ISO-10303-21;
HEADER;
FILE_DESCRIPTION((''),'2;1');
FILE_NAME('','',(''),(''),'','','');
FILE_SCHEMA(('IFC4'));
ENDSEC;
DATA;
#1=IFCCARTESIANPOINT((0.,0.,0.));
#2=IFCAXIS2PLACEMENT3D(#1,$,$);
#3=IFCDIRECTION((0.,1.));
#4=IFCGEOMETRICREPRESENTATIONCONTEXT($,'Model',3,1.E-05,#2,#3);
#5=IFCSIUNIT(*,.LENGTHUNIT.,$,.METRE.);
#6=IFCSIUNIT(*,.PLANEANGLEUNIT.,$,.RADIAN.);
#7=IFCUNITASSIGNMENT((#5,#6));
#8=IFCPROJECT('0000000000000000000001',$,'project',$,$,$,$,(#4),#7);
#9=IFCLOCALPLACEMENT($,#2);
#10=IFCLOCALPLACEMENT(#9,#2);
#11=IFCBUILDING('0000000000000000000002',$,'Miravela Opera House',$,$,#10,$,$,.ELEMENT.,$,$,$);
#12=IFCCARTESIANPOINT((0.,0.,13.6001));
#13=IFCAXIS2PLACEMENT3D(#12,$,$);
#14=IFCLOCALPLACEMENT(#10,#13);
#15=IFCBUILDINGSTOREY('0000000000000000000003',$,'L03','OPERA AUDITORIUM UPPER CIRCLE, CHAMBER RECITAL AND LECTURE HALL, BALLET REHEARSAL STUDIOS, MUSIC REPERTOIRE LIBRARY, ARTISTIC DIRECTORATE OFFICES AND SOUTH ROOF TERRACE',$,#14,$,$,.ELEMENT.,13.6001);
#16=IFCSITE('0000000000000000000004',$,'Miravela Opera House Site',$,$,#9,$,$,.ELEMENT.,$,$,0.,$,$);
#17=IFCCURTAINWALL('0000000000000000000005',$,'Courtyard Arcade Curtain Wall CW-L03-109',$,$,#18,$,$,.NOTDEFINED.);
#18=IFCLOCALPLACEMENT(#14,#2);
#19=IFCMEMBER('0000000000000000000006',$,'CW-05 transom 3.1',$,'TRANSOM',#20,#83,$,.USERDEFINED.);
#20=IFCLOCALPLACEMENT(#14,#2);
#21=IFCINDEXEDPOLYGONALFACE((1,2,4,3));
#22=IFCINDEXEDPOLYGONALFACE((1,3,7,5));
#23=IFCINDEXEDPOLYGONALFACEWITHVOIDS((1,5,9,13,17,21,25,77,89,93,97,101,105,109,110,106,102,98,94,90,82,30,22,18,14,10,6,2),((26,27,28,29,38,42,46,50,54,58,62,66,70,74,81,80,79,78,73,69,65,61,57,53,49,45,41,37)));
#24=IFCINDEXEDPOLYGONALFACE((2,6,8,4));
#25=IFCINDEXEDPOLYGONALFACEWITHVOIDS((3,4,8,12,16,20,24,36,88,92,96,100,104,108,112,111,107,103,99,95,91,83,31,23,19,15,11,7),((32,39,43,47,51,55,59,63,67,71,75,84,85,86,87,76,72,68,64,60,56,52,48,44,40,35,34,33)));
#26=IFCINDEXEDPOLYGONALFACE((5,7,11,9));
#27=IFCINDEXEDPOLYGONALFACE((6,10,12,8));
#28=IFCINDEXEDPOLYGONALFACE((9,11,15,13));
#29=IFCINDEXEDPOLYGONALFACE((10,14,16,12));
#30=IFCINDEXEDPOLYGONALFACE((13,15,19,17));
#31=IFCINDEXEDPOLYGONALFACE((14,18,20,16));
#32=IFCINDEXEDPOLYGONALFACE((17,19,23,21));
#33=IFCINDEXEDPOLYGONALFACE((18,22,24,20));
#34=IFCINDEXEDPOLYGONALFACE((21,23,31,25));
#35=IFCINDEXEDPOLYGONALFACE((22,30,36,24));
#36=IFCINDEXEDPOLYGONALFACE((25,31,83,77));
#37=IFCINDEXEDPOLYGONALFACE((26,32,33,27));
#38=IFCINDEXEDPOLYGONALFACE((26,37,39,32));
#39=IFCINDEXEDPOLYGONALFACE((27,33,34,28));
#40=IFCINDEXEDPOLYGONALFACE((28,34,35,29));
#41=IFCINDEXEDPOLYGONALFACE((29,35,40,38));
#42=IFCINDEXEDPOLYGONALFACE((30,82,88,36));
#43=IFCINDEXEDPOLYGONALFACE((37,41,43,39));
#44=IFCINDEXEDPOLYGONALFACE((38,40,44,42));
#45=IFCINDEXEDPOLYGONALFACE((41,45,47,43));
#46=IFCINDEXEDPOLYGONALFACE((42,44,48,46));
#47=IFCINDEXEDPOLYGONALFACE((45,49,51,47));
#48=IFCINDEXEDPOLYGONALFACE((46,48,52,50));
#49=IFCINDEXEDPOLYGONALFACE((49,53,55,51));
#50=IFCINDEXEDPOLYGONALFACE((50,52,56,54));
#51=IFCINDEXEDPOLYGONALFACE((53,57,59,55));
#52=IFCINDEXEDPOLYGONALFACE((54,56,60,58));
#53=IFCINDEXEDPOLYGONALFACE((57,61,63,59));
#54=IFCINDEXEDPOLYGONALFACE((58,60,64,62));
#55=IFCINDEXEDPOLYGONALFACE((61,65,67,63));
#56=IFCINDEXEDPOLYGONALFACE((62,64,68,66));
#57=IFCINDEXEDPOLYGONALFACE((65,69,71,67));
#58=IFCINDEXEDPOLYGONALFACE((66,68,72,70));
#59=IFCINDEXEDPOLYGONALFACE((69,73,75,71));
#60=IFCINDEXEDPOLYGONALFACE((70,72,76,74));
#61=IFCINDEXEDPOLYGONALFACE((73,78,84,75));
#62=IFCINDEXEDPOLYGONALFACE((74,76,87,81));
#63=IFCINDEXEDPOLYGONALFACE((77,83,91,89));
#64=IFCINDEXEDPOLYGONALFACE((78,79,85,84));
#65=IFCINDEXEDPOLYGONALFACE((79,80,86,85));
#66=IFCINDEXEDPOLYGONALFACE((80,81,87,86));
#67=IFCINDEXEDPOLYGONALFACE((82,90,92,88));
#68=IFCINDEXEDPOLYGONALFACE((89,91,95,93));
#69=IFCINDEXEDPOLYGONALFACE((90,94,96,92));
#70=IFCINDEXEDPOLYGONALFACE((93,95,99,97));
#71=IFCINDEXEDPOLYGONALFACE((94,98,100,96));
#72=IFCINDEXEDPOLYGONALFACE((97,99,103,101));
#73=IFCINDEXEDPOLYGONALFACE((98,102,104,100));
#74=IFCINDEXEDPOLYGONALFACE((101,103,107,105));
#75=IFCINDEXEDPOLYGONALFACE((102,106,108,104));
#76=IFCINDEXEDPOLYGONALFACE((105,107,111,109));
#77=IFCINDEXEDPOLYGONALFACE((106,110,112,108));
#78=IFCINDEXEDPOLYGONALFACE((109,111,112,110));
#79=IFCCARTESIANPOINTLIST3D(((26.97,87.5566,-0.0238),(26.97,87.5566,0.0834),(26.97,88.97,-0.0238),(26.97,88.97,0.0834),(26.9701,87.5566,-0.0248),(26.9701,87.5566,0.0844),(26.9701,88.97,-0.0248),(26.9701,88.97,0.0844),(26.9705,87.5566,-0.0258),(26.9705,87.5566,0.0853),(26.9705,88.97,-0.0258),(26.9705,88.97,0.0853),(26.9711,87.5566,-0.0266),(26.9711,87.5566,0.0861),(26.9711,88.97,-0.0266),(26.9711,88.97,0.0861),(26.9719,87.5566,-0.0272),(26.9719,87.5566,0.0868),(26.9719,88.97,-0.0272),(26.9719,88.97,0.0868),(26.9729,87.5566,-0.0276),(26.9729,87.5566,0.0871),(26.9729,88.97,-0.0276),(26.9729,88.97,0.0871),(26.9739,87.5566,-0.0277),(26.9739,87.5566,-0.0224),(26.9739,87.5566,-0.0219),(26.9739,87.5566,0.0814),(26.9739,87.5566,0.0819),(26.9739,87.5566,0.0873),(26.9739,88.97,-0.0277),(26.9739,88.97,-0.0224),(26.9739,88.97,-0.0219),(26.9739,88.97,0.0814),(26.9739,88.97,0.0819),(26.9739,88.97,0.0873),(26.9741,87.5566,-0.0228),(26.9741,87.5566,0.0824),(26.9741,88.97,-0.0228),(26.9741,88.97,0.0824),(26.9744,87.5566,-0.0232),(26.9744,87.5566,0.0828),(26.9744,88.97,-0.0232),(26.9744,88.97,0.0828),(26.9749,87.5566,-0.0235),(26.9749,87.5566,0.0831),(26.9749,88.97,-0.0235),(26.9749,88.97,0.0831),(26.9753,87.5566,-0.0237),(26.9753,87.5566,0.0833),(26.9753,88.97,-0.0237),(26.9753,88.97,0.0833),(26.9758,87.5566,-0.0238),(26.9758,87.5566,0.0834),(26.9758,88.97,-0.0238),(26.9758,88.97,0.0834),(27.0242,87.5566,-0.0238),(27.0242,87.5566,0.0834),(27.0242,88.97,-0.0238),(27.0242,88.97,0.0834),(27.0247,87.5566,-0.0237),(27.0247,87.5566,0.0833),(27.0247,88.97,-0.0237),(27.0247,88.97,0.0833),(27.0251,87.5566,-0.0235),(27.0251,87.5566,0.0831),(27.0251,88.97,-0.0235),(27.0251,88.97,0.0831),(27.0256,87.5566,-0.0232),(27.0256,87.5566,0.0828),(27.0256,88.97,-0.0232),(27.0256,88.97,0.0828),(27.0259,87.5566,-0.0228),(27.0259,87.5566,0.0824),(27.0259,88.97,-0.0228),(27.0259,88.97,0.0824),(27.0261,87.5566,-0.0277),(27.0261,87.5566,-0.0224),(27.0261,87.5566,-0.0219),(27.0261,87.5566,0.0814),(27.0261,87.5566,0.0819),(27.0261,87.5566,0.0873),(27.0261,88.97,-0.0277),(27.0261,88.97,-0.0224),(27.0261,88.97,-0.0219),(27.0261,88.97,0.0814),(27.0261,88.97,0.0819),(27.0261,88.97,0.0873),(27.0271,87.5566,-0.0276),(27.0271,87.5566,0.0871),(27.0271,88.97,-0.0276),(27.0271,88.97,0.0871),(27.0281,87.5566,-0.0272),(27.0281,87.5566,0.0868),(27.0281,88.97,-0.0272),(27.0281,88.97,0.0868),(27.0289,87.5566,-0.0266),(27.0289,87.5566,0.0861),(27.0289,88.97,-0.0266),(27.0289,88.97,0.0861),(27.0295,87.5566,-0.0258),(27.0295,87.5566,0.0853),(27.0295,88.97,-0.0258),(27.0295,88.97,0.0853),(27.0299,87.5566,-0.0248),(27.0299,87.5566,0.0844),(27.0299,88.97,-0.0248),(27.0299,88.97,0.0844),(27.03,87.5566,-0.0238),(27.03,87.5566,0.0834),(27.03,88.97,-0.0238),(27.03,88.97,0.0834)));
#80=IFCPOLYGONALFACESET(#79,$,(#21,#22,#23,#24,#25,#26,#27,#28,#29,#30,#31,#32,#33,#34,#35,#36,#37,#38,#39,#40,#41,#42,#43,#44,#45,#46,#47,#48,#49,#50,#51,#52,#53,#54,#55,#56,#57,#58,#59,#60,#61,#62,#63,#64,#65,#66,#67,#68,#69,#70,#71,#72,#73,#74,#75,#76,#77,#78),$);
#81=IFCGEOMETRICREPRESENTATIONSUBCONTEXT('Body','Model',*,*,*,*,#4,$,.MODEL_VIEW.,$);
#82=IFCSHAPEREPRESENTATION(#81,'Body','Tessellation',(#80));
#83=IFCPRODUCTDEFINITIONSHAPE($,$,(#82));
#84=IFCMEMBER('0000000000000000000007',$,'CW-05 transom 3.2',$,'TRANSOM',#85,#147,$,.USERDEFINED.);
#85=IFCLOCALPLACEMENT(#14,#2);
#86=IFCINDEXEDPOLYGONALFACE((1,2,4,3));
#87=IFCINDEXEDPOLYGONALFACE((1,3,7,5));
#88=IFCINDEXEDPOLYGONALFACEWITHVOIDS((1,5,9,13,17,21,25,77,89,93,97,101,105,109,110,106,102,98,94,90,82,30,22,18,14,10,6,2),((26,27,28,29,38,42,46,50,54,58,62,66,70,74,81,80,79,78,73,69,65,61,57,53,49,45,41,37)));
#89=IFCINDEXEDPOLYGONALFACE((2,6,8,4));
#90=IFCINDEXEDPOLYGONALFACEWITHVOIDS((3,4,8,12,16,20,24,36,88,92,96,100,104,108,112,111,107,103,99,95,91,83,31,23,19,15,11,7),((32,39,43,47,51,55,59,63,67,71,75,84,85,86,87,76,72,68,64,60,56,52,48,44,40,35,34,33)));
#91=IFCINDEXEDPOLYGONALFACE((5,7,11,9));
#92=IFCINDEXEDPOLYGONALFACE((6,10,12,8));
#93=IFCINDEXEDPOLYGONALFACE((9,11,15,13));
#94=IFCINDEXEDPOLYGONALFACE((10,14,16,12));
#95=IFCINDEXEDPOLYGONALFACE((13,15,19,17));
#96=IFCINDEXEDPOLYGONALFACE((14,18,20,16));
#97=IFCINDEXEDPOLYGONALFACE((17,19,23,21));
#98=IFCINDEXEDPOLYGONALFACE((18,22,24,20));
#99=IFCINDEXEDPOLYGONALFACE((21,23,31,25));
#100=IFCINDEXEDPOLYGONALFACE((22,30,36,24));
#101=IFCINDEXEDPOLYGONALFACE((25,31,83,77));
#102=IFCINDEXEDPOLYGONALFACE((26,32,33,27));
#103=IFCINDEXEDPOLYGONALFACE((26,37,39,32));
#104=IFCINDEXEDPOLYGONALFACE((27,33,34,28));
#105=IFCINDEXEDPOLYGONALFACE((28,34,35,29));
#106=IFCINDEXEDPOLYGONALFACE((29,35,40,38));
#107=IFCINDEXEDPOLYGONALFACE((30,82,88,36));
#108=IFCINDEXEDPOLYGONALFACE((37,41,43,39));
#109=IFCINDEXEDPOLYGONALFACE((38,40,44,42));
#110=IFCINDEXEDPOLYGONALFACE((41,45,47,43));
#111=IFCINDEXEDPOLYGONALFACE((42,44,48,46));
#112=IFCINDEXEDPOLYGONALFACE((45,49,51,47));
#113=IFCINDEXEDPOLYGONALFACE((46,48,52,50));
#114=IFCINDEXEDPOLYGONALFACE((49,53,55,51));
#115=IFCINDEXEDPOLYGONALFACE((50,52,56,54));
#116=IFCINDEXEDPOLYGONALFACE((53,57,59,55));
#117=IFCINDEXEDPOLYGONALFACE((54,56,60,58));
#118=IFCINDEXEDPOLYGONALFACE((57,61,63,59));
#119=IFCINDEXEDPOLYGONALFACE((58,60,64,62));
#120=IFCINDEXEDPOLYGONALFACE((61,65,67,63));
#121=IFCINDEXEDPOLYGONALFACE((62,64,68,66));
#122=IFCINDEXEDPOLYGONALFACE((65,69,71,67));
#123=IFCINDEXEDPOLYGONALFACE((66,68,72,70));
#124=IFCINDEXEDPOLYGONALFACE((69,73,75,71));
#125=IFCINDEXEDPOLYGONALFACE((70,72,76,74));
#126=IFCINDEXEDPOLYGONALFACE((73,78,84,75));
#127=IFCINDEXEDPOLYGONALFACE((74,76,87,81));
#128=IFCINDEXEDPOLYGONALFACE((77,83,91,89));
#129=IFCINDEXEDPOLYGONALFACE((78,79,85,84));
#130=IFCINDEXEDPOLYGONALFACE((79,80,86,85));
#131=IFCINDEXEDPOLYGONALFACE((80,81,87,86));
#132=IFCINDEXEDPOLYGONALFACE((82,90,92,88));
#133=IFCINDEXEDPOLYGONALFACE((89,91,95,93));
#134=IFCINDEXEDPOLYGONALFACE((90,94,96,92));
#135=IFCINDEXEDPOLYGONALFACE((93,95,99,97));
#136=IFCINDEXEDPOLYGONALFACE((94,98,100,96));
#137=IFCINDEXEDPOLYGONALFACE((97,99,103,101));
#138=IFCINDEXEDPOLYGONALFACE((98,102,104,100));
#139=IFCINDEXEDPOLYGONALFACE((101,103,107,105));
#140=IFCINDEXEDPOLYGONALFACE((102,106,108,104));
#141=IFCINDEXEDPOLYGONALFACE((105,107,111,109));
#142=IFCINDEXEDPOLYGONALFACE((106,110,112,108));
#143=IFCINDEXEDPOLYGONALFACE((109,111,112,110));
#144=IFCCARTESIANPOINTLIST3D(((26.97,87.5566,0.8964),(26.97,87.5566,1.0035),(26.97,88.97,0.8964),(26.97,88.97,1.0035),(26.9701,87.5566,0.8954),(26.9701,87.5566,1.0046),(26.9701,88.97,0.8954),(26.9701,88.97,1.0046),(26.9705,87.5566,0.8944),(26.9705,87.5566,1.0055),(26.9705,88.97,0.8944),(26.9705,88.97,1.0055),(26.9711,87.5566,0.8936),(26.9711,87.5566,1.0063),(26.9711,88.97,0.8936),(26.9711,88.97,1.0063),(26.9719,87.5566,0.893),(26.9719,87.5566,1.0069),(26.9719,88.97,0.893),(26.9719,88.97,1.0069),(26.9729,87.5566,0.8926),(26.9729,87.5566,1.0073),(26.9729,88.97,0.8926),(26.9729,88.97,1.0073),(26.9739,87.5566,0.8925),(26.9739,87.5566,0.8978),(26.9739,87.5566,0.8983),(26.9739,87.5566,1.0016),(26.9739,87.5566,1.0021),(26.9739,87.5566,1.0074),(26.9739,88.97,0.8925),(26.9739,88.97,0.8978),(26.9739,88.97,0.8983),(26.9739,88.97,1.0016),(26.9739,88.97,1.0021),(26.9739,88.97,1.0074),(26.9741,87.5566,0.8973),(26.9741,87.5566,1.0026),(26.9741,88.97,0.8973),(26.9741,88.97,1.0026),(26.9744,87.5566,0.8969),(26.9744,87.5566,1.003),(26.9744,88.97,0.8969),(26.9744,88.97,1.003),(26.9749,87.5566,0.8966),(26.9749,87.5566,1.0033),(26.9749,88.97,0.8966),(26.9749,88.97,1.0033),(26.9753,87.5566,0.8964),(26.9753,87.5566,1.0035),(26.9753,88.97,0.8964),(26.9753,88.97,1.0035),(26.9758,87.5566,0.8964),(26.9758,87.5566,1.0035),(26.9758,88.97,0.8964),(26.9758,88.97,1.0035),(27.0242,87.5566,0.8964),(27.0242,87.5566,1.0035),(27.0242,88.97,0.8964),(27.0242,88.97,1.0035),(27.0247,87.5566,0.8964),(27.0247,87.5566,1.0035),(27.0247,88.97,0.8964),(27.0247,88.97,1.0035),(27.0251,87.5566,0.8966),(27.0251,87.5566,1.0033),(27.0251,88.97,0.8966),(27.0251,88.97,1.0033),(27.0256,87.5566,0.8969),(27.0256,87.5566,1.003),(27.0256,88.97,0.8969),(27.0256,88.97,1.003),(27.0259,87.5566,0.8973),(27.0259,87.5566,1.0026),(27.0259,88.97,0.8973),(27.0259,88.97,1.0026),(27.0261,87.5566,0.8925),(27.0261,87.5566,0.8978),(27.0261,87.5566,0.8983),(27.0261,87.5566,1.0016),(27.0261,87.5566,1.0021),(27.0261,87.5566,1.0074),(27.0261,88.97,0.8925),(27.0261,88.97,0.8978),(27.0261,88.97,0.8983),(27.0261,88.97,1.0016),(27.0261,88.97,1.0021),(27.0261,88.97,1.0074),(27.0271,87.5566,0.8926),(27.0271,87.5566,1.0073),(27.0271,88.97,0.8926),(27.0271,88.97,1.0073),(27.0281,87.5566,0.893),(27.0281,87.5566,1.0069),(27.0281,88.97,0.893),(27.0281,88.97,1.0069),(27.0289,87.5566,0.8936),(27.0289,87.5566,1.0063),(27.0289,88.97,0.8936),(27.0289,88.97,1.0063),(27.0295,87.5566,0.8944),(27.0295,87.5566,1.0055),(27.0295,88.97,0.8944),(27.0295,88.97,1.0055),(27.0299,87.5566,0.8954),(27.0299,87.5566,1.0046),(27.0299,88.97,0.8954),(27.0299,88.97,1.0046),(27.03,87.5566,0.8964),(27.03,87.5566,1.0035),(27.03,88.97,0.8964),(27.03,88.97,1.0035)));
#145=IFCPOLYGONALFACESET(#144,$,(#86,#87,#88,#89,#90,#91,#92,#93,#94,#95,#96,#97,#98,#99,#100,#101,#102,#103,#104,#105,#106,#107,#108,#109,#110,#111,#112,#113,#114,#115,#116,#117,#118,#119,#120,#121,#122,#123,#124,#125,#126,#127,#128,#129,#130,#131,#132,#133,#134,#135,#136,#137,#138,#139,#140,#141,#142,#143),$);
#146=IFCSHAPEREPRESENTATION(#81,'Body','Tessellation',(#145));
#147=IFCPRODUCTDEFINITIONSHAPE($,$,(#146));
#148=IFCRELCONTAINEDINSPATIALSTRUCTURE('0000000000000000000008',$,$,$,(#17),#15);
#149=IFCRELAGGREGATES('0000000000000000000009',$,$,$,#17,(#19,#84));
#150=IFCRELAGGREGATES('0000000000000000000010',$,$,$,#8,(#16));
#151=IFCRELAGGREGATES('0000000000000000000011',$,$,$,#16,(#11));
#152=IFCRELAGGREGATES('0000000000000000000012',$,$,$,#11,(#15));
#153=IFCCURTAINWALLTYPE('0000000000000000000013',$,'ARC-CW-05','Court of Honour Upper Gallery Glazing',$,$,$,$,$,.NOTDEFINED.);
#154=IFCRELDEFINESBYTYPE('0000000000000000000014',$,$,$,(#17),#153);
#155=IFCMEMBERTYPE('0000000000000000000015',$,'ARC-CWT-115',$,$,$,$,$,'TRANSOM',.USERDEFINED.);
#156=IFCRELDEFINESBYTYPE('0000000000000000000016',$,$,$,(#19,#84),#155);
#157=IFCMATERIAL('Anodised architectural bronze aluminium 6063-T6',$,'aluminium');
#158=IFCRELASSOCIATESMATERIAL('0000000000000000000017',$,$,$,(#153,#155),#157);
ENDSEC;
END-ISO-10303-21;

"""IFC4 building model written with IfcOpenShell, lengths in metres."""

from ifc_helpers import new_model, si_unit, direction, frame, origin, origin_2d, place, context, subcontext, project, spatial, hollow_rectangle, extrude, material, material_profile, profile_set, type_object, element, aggregate, save


model = new_model("IFC4")

# Units and contexts
model_context = context("Model", 3, precision=1e-05, world=origin(), true_north=direction((0.0, 1.0)))
body_context = subcontext(model_context, "Body", "Model", "MODEL_VIEW")
ifc_project = project(units=[si_unit("LENGTHUNIT", "METRE"), si_unit("PLANEANGLEUNIT", "RADIAN")], contexts=[model_context])

# Site, building, storey
site_placement = place(None, origin())
site = spatial("IfcSite", under=ifc_project, at=site_placement, Name="Miravela Opera House Site", CompositionType="ELEMENT", RefElevation=0.0)
building_placement = place(site_placement, origin())
building = spatial("IfcBuilding", under=site, at=building_placement, Name="Miravela Opera House", CompositionType="ELEMENT")
storey_placement = place(building_placement, frame((0.0, 0.0, 13.6001)))
storey = spatial("IfcBuildingStorey", under=building, at=storey_placement, Name="L03", Description="OPERA AUDITORIUM UPPER CIRCLE, CHAMBER RECITAL AND LECTURE HALL, BALLET REHEARSAL STUDIOS, MUSIC REPERTOIRE LIBRARY, ARTISTIC DIRECTORATE OFFICES AND SOUTH ROOF TERRACE", CompositionType="ELEMENT", Elevation=13.6001)

# Curtain wall, members
ifc_material_1 = material(Name="Anodised architectural bronze aluminium 6063-T6", Category="aluminium")
curtain_wall_type = type_object("IfcCurtainWallType", Name="ARC-CW-05", Description="Court of Honour Upper Gallery Glazing", PredefinedType="NOTDEFINED", material=ifc_material_1)
curtain_wall_placement = place(storey_placement, origin())
curtain_wall = element("IfcCurtainWall", 1, at=curtain_wall_placement, inside=storey, type_object=curtain_wall_type, Name="Courtyard Arcade Curtain Wall CW-L03-109", PredefinedType="NOTDEFINED")
ifc_material_profile_1 = material_profile(ifc_material_1, hollow_rectangle(XDim=0.0601, YDim=0.115, WallThickness=0.0039, InnerFilletRadius=0.002, OuterFilletRadius=0.0039, at=origin_2d()), Name="CWT-60X115")
ifc_profile_set_1 = profile_set([ifc_material_profile_1])
member_type_1 = type_object("IfcMemberType", Name="ARC-CWT-115", ElementType="TRANSOM", PredefinedType="USERDEFINED", material=ifc_profile_set_1)
member_1_placement = place(storey_placement, frame((27.0, 87.5566, 0.0298), z_axis=(0.0, 1.0, 0.0), x_axis=(-1.0, 0.0, 0.0)))
member_1 = element("IfcMember", 2, at=member_1_placement, type_object=member_type_1, Name="CW-05 transom 3.1", ObjectType="TRANSOM", PredefinedType="USERDEFINED", context=body_context, shape_type="SweptSolid", body=[
    extrude(hollow_rectangle(XDim=0.0601, YDim=0.115, WallThickness=0.0039, InnerFilletRadius=0.002, OuterFilletRadius=0.0039, at=origin_2d()), origin(), (0.0, 0.0, 1.0), 1.4133),
])
member_2_placement = place(storey_placement, frame((27.0, 87.5566, 0.95), z_axis=(0.0, 1.0, 0.0), x_axis=(-1.0, 0.0, 0.0)))
member_2 = element("IfcMember", 3, at=member_2_placement, type_object=member_type_1, Name="CW-05 transom 3.2", ObjectType="TRANSOM", PredefinedType="USERDEFINED", context=body_context, shape_type="SweptSolid", body=[
    extrude(hollow_rectangle(XDim=0.0601, YDim=0.115, WallThickness=0.0039, InnerFilletRadius=0.002, OuterFilletRadius=0.0039, at=origin_2d()), origin(), (0.0, 0.0, 1.0), 1.4133),
])

aggregate(curtain_wall, [member_1, member_2])

save(model, "model.ifc")
